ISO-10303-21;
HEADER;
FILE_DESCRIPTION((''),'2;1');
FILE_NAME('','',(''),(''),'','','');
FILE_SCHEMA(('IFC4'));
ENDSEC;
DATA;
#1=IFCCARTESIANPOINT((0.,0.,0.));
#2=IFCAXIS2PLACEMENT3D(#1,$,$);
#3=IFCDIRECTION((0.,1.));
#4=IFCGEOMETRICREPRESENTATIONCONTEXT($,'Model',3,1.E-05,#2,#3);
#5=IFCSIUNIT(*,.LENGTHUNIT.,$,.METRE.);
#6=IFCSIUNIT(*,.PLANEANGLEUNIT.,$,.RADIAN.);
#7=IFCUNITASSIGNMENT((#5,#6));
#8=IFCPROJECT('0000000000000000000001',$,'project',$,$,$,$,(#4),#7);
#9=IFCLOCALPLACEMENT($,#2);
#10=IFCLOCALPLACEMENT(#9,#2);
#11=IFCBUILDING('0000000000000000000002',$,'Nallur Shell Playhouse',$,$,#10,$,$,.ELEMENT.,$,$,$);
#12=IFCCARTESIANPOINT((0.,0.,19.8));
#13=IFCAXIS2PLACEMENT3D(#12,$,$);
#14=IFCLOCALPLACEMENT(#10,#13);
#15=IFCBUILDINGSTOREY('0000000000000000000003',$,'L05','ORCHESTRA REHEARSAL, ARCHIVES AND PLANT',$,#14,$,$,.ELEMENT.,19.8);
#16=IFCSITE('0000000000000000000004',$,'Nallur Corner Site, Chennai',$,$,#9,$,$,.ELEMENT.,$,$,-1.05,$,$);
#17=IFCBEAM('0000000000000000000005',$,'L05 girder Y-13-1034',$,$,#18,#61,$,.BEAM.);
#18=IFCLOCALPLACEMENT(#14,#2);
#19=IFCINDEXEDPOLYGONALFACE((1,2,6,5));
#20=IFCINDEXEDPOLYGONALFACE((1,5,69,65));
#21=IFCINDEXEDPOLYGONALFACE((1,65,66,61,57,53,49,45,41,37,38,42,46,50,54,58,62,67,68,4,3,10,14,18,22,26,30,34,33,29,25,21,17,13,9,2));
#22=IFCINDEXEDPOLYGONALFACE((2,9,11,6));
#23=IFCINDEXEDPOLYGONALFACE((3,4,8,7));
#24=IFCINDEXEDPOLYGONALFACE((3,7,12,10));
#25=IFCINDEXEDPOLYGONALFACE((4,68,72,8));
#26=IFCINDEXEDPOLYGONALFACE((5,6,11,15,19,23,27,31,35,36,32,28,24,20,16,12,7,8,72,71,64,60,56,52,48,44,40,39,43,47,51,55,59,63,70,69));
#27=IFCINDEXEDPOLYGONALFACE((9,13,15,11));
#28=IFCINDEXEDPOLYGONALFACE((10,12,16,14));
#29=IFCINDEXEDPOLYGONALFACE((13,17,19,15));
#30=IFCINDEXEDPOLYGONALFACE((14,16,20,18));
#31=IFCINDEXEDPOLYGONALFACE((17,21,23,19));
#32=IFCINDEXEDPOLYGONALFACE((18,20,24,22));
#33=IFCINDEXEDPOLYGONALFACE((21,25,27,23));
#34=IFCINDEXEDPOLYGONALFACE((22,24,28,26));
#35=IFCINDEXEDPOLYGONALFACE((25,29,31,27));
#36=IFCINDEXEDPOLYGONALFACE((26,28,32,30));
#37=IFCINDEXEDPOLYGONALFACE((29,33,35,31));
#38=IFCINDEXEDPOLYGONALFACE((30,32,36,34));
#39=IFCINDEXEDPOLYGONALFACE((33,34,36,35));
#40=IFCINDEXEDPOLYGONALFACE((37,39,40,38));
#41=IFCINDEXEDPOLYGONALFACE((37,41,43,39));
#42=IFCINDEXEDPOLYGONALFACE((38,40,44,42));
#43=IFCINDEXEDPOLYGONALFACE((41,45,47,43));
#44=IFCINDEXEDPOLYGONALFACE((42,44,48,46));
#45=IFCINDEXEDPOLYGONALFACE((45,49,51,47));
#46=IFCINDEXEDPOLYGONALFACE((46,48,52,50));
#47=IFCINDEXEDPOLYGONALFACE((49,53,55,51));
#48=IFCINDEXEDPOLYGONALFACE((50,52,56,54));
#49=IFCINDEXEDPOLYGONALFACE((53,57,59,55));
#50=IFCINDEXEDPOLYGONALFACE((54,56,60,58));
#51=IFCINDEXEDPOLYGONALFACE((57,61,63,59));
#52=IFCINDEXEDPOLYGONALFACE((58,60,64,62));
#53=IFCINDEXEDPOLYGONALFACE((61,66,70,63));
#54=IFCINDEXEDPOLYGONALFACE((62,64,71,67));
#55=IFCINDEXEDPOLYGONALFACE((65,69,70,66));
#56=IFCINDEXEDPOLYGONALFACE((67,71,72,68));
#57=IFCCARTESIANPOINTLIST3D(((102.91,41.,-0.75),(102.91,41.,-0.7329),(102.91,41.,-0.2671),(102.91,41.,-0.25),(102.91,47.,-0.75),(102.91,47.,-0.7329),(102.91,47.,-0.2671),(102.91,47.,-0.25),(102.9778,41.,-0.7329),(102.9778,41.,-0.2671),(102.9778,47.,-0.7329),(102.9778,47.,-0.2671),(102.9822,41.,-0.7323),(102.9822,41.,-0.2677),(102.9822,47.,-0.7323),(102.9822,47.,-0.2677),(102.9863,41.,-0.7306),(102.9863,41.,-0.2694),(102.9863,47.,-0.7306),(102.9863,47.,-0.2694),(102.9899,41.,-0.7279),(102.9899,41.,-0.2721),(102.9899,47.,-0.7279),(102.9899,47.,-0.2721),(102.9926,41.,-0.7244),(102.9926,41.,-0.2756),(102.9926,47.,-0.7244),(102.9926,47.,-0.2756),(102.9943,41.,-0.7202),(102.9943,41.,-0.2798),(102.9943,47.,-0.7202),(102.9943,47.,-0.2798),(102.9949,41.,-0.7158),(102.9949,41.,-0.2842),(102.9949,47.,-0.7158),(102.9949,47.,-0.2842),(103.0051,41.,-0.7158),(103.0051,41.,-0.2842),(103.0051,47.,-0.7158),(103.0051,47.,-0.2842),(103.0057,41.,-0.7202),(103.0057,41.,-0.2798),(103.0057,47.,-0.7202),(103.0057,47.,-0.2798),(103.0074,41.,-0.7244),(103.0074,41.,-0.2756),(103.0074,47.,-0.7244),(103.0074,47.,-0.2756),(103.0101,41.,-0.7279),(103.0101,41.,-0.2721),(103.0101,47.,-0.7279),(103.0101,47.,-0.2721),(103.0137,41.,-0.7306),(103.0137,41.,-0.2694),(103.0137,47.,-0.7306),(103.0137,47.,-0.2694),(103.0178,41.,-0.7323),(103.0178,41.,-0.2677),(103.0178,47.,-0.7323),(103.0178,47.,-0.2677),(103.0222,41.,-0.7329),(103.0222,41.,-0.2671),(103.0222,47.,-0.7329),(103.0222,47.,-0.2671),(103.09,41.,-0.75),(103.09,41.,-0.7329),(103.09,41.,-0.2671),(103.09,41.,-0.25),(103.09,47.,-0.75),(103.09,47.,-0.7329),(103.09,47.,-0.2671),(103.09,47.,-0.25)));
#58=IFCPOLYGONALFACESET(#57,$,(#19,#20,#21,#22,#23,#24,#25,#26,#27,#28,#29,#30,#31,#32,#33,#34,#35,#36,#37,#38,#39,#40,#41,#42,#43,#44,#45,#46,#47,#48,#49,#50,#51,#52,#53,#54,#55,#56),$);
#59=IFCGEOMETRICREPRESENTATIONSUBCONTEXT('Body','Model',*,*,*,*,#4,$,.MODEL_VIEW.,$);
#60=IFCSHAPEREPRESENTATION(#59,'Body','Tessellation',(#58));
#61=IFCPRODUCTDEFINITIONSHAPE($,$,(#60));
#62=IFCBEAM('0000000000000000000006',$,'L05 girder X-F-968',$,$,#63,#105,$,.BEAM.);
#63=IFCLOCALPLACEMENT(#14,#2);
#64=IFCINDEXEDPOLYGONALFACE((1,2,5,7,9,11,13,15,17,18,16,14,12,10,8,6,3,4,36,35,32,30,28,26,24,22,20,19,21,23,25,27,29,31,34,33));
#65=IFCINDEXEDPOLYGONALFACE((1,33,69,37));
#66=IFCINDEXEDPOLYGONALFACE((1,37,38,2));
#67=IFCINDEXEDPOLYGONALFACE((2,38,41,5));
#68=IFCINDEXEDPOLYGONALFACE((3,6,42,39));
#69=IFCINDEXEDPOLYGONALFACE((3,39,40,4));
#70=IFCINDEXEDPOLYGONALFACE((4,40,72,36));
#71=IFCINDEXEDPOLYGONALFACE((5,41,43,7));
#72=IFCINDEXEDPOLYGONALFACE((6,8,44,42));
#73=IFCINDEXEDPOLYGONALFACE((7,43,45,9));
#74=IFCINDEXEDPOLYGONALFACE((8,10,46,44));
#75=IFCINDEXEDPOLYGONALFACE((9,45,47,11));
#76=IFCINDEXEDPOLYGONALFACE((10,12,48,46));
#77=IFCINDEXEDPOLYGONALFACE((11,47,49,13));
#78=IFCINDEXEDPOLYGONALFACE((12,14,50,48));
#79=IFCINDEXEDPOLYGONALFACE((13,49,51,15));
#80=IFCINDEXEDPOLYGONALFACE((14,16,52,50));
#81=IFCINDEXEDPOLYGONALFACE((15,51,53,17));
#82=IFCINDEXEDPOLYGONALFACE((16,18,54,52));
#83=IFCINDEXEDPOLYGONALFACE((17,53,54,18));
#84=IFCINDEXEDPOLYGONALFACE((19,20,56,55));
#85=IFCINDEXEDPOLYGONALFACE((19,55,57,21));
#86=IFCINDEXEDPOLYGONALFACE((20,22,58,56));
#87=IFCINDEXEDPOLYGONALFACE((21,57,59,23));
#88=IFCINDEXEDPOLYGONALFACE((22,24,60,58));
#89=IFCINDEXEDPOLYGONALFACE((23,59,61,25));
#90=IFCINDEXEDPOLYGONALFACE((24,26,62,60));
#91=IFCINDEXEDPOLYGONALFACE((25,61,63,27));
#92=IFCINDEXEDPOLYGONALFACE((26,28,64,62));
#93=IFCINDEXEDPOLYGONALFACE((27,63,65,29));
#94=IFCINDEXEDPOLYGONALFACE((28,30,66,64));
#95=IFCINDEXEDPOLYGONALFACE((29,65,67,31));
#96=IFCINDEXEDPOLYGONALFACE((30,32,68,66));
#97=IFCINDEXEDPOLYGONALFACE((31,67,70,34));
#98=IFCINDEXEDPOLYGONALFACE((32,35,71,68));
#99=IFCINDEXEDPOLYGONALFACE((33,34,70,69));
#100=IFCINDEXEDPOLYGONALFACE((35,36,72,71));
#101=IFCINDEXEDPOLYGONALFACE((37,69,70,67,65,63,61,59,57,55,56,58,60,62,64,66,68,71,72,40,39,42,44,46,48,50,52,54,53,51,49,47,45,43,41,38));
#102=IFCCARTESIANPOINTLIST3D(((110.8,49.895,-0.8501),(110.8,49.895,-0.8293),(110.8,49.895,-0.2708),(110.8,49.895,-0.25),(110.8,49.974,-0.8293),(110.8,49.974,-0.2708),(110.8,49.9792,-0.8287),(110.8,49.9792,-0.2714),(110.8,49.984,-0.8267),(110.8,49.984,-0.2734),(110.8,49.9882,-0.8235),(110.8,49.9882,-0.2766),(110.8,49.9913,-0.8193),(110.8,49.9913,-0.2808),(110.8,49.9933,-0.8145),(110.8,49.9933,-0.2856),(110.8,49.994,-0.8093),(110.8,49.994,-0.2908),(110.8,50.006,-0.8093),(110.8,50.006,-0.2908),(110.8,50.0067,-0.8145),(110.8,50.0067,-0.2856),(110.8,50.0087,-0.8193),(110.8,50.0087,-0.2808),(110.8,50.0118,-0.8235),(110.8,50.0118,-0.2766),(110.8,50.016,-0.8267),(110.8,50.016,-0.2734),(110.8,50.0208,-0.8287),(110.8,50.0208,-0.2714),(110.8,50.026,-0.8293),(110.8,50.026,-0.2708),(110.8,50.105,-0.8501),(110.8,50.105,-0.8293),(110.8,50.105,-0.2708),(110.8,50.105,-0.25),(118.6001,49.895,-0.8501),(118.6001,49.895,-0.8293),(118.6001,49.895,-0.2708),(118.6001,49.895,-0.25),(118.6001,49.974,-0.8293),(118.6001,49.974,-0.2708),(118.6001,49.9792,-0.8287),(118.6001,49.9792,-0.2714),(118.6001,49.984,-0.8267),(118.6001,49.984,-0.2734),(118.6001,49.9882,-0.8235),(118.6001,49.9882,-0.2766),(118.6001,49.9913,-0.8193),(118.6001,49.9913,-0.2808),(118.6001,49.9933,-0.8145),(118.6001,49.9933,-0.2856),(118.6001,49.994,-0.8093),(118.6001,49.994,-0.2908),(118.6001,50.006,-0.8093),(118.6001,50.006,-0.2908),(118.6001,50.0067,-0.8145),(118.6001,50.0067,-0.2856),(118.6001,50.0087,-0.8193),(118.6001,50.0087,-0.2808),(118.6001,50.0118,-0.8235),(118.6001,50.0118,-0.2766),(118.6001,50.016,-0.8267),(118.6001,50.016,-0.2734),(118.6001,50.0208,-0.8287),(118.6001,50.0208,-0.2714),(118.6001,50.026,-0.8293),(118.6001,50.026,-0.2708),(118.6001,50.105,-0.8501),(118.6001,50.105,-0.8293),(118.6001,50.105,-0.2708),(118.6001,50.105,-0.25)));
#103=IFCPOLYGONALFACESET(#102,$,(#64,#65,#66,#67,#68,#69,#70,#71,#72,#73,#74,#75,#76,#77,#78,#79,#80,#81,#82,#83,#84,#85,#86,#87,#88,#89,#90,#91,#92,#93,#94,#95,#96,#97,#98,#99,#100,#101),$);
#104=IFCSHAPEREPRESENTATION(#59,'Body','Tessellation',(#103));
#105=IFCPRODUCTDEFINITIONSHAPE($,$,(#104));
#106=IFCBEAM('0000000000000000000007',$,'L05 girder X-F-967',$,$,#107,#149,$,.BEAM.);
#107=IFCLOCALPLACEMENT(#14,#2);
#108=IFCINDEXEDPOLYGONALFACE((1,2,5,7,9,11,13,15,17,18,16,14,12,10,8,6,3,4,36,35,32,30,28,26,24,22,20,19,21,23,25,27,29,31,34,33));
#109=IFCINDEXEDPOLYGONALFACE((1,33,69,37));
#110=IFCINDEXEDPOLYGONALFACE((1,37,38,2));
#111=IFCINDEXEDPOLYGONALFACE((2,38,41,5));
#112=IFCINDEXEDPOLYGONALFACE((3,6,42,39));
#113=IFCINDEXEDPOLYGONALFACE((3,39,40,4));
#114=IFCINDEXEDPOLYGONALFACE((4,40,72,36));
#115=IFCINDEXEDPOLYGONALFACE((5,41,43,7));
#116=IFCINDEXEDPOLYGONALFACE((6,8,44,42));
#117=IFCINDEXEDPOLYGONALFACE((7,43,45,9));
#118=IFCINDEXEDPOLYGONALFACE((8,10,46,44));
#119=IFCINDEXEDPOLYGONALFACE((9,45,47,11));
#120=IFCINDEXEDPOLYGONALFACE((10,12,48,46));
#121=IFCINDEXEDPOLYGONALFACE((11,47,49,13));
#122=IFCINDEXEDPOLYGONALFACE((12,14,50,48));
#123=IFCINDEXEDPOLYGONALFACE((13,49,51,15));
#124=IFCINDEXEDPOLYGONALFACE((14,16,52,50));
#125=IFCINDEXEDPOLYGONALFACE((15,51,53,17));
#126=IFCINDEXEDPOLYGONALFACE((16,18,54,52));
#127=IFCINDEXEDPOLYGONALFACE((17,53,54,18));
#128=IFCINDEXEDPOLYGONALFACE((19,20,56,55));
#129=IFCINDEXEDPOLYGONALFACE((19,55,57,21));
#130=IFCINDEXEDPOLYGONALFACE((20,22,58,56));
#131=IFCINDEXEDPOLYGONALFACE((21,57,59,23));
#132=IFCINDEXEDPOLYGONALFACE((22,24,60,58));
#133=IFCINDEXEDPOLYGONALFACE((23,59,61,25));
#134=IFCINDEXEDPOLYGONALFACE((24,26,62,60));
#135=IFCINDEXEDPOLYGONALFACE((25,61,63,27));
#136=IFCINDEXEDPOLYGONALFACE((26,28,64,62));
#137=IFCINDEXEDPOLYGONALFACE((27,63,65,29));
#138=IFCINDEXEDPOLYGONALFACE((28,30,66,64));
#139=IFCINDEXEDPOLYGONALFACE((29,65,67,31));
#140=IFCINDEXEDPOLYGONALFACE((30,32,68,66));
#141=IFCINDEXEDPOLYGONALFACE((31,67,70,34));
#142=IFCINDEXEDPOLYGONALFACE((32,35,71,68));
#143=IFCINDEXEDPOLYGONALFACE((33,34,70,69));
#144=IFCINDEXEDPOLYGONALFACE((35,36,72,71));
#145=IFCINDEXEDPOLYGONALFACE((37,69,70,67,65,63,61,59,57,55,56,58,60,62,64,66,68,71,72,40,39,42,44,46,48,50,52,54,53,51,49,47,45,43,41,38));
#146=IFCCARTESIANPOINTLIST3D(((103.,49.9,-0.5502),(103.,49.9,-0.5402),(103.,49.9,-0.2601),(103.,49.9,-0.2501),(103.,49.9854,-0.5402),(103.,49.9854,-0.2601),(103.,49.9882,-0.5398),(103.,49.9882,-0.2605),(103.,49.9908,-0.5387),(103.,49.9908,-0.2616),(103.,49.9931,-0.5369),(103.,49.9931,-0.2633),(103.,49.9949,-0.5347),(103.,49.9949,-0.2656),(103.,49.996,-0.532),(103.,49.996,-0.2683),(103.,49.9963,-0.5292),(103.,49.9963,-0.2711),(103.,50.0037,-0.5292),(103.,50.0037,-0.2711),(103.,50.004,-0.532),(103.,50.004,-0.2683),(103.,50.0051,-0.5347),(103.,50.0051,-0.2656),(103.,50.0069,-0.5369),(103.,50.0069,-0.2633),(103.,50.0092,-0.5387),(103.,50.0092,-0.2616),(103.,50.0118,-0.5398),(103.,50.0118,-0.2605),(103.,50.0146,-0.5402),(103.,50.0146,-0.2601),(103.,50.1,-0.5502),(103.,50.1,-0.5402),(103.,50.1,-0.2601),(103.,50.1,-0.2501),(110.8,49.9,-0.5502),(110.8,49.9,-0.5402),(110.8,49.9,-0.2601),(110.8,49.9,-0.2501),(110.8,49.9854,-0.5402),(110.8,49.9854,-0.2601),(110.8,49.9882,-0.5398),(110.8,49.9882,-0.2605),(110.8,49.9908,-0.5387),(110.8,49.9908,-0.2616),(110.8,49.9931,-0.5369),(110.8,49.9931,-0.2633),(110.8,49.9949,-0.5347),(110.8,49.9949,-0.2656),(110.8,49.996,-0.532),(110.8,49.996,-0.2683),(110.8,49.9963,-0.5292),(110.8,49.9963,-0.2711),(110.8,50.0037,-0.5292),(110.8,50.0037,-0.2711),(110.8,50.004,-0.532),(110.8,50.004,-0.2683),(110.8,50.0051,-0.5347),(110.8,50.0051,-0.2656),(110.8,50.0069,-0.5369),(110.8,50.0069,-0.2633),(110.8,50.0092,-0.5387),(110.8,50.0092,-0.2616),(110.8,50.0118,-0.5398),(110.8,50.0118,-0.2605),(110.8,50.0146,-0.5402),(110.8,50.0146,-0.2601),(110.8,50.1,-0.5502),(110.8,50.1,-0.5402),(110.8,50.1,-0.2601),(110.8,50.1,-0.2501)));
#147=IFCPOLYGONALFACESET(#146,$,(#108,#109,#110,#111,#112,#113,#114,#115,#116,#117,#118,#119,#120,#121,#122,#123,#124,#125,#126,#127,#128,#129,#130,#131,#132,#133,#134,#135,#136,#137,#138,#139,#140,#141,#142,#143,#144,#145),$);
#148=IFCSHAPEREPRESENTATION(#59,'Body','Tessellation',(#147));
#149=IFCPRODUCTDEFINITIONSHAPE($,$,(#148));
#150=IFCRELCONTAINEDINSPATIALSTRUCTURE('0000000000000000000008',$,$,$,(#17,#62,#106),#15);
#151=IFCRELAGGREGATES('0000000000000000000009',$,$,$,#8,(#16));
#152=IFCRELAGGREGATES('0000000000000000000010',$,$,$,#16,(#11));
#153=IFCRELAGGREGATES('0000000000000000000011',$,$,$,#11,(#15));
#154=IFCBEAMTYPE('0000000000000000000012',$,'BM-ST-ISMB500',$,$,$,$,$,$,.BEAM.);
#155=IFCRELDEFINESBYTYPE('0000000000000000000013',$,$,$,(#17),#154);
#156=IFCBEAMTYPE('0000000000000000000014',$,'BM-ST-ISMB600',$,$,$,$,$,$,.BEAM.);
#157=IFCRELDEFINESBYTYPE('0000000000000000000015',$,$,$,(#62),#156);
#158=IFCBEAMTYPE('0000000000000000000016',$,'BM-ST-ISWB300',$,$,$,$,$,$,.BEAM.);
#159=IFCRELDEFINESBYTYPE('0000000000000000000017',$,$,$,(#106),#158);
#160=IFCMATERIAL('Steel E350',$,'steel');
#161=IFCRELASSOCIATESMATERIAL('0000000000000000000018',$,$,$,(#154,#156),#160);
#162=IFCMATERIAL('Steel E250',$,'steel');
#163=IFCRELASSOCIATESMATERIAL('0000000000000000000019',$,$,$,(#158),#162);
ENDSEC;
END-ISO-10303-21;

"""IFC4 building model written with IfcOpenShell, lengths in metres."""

from ifc_helpers import new_model, si_unit, direction, frame, origin, origin_2d, place, context, subcontext, project, spatial, i_section, extrude, material, material_profile, profile_set, type_object, element, save


model = new_model("IFC4")

# Units and contexts
model_context = context("Model", 3, precision=1e-05, world=origin(), true_north=direction((0.0, 1.0)))
body_context = subcontext(model_context, "Body", "Model", "MODEL_VIEW")
ifc_project = project(units=[si_unit("LENGTHUNIT", "METRE"), si_unit("PLANEANGLEUNIT", "RADIAN")], contexts=[model_context])

# Site, building, storey
site_placement = place(None, origin())
site = spatial("IfcSite", under=ifc_project, at=site_placement, Name="Nallur Corner Site, Chennai", CompositionType="ELEMENT", RefElevation=-1.05)
building_placement = place(site_placement, origin())
building = spatial("IfcBuilding", under=site, at=building_placement, Name="Nallur Shell Playhouse", CompositionType="ELEMENT")
storey_placement = place(building_placement, frame((0.0, 0.0, 19.8)))
storey = spatial("IfcBuildingStorey", under=building, at=storey_placement, Name="L05", Description="ORCHESTRA REHEARSAL, ARCHIVES AND PLANT", CompositionType="ELEMENT", Elevation=19.8)

# Shared definitions
ifc_material_1 = material(Name="Steel E350", Category="steel")

# Beams
ifc_material_profile_1 = material_profile(ifc_material_1, i_section(OverallWidth=0.1799, OverallDepth=0.5, WebThickness=0.0103, FlangeThickness=0.0171, FilletRadius=0.0171, at=origin_2d()), Name="ISMB 500")
ifc_profile_set_1 = profile_set([ifc_material_profile_1], Name="Steel E350")
beam_type_1 = type_object("IfcBeamType", Name="BM-ST-ISMB500", PredefinedType="BEAM", material=ifc_profile_set_1)
beam_1_placement = place(storey_placement, frame((103.0, 41.0, -0.5), z_axis=(0.0, 1.0, 0.0), x_axis=(-1.0, 0.0, 0.0)))
element("IfcBeam", 1, at=beam_1_placement, inside=storey, type_object=beam_type_1, Name="L05 girder Y-13-1034", PredefinedType="BEAM", context=body_context, shape_type="SweptSolid", body=[
    extrude(i_section(OverallWidth=0.1799, OverallDepth=0.5, WebThickness=0.0103, FlangeThickness=0.0171, FilletRadius=0.0171, at=origin_2d()), origin(), (0.0, 0.0, 1.0), 6.0),
])
ifc_material_profile_2 = material_profile(ifc_material_1, i_section(OverallWidth=0.21, OverallDepth=0.6001, WebThickness=0.012, FlangeThickness=0.0208, FilletRadius=0.02, at=origin_2d()), Name="ISMB 600")
ifc_profile_set_2 = profile_set([ifc_material_profile_2], Name="Steel E350")
beam_type_2 = type_object("IfcBeamType", Name="BM-ST-ISMB600", PredefinedType="BEAM", material=ifc_profile_set_2)
beam_2_placement = place(storey_placement, frame((110.8, 50.0, -0.55), z_axis=(1.0, 0.0, 0.0), x_axis=(0.0, 1.0, 0.0)))
element("IfcBeam", 2, at=beam_2_placement, inside=storey, type_object=beam_type_2, Name="L05 girder X-F-968", PredefinedType="BEAM", context=body_context, shape_type="SweptSolid", body=[
    extrude(i_section(OverallWidth=0.21, OverallDepth=0.6001, WebThickness=0.012, FlangeThickness=0.0208, FilletRadius=0.02, at=origin_2d()), origin(), (0.0, 0.0, 1.0), 7.8),
])
ifc_material_2 = material(Name="Steel E250", Category="steel")
ifc_material_profile_3 = material_profile(ifc_material_2, i_section(OverallWidth=0.2, OverallDepth=0.3, WebThickness=0.0073, FlangeThickness=0.01, FilletRadius=0.011, at=origin_2d()), Name="ISWB 300")
ifc_profile_set_3 = profile_set([ifc_material_profile_3], Name="Steel E250")
beam_type_3 = type_object("IfcBeamType", Name="BM-ST-ISWB300", PredefinedType="BEAM", material=ifc_profile_set_3)
beam_3_placement = place(storey_placement, frame((103.0, 50.0, -0.4001), z_axis=(1.0, 0.0, 0.0), x_axis=(0.0, 1.0, 0.0)))
element("IfcBeam", 3, at=beam_3_placement, inside=storey, type_object=beam_type_3, Name="L05 girder X-F-967", PredefinedType="BEAM", context=body_context, shape_type="SweptSolid", body=[
    extrude(i_section(OverallWidth=0.2, OverallDepth=0.3, WebThickness=0.0073, FlangeThickness=0.01, FilletRadius=0.011, at=origin_2d()), origin(), (0.0, 0.0, 1.0), 7.8),
])

save(model, "model.ifc")
